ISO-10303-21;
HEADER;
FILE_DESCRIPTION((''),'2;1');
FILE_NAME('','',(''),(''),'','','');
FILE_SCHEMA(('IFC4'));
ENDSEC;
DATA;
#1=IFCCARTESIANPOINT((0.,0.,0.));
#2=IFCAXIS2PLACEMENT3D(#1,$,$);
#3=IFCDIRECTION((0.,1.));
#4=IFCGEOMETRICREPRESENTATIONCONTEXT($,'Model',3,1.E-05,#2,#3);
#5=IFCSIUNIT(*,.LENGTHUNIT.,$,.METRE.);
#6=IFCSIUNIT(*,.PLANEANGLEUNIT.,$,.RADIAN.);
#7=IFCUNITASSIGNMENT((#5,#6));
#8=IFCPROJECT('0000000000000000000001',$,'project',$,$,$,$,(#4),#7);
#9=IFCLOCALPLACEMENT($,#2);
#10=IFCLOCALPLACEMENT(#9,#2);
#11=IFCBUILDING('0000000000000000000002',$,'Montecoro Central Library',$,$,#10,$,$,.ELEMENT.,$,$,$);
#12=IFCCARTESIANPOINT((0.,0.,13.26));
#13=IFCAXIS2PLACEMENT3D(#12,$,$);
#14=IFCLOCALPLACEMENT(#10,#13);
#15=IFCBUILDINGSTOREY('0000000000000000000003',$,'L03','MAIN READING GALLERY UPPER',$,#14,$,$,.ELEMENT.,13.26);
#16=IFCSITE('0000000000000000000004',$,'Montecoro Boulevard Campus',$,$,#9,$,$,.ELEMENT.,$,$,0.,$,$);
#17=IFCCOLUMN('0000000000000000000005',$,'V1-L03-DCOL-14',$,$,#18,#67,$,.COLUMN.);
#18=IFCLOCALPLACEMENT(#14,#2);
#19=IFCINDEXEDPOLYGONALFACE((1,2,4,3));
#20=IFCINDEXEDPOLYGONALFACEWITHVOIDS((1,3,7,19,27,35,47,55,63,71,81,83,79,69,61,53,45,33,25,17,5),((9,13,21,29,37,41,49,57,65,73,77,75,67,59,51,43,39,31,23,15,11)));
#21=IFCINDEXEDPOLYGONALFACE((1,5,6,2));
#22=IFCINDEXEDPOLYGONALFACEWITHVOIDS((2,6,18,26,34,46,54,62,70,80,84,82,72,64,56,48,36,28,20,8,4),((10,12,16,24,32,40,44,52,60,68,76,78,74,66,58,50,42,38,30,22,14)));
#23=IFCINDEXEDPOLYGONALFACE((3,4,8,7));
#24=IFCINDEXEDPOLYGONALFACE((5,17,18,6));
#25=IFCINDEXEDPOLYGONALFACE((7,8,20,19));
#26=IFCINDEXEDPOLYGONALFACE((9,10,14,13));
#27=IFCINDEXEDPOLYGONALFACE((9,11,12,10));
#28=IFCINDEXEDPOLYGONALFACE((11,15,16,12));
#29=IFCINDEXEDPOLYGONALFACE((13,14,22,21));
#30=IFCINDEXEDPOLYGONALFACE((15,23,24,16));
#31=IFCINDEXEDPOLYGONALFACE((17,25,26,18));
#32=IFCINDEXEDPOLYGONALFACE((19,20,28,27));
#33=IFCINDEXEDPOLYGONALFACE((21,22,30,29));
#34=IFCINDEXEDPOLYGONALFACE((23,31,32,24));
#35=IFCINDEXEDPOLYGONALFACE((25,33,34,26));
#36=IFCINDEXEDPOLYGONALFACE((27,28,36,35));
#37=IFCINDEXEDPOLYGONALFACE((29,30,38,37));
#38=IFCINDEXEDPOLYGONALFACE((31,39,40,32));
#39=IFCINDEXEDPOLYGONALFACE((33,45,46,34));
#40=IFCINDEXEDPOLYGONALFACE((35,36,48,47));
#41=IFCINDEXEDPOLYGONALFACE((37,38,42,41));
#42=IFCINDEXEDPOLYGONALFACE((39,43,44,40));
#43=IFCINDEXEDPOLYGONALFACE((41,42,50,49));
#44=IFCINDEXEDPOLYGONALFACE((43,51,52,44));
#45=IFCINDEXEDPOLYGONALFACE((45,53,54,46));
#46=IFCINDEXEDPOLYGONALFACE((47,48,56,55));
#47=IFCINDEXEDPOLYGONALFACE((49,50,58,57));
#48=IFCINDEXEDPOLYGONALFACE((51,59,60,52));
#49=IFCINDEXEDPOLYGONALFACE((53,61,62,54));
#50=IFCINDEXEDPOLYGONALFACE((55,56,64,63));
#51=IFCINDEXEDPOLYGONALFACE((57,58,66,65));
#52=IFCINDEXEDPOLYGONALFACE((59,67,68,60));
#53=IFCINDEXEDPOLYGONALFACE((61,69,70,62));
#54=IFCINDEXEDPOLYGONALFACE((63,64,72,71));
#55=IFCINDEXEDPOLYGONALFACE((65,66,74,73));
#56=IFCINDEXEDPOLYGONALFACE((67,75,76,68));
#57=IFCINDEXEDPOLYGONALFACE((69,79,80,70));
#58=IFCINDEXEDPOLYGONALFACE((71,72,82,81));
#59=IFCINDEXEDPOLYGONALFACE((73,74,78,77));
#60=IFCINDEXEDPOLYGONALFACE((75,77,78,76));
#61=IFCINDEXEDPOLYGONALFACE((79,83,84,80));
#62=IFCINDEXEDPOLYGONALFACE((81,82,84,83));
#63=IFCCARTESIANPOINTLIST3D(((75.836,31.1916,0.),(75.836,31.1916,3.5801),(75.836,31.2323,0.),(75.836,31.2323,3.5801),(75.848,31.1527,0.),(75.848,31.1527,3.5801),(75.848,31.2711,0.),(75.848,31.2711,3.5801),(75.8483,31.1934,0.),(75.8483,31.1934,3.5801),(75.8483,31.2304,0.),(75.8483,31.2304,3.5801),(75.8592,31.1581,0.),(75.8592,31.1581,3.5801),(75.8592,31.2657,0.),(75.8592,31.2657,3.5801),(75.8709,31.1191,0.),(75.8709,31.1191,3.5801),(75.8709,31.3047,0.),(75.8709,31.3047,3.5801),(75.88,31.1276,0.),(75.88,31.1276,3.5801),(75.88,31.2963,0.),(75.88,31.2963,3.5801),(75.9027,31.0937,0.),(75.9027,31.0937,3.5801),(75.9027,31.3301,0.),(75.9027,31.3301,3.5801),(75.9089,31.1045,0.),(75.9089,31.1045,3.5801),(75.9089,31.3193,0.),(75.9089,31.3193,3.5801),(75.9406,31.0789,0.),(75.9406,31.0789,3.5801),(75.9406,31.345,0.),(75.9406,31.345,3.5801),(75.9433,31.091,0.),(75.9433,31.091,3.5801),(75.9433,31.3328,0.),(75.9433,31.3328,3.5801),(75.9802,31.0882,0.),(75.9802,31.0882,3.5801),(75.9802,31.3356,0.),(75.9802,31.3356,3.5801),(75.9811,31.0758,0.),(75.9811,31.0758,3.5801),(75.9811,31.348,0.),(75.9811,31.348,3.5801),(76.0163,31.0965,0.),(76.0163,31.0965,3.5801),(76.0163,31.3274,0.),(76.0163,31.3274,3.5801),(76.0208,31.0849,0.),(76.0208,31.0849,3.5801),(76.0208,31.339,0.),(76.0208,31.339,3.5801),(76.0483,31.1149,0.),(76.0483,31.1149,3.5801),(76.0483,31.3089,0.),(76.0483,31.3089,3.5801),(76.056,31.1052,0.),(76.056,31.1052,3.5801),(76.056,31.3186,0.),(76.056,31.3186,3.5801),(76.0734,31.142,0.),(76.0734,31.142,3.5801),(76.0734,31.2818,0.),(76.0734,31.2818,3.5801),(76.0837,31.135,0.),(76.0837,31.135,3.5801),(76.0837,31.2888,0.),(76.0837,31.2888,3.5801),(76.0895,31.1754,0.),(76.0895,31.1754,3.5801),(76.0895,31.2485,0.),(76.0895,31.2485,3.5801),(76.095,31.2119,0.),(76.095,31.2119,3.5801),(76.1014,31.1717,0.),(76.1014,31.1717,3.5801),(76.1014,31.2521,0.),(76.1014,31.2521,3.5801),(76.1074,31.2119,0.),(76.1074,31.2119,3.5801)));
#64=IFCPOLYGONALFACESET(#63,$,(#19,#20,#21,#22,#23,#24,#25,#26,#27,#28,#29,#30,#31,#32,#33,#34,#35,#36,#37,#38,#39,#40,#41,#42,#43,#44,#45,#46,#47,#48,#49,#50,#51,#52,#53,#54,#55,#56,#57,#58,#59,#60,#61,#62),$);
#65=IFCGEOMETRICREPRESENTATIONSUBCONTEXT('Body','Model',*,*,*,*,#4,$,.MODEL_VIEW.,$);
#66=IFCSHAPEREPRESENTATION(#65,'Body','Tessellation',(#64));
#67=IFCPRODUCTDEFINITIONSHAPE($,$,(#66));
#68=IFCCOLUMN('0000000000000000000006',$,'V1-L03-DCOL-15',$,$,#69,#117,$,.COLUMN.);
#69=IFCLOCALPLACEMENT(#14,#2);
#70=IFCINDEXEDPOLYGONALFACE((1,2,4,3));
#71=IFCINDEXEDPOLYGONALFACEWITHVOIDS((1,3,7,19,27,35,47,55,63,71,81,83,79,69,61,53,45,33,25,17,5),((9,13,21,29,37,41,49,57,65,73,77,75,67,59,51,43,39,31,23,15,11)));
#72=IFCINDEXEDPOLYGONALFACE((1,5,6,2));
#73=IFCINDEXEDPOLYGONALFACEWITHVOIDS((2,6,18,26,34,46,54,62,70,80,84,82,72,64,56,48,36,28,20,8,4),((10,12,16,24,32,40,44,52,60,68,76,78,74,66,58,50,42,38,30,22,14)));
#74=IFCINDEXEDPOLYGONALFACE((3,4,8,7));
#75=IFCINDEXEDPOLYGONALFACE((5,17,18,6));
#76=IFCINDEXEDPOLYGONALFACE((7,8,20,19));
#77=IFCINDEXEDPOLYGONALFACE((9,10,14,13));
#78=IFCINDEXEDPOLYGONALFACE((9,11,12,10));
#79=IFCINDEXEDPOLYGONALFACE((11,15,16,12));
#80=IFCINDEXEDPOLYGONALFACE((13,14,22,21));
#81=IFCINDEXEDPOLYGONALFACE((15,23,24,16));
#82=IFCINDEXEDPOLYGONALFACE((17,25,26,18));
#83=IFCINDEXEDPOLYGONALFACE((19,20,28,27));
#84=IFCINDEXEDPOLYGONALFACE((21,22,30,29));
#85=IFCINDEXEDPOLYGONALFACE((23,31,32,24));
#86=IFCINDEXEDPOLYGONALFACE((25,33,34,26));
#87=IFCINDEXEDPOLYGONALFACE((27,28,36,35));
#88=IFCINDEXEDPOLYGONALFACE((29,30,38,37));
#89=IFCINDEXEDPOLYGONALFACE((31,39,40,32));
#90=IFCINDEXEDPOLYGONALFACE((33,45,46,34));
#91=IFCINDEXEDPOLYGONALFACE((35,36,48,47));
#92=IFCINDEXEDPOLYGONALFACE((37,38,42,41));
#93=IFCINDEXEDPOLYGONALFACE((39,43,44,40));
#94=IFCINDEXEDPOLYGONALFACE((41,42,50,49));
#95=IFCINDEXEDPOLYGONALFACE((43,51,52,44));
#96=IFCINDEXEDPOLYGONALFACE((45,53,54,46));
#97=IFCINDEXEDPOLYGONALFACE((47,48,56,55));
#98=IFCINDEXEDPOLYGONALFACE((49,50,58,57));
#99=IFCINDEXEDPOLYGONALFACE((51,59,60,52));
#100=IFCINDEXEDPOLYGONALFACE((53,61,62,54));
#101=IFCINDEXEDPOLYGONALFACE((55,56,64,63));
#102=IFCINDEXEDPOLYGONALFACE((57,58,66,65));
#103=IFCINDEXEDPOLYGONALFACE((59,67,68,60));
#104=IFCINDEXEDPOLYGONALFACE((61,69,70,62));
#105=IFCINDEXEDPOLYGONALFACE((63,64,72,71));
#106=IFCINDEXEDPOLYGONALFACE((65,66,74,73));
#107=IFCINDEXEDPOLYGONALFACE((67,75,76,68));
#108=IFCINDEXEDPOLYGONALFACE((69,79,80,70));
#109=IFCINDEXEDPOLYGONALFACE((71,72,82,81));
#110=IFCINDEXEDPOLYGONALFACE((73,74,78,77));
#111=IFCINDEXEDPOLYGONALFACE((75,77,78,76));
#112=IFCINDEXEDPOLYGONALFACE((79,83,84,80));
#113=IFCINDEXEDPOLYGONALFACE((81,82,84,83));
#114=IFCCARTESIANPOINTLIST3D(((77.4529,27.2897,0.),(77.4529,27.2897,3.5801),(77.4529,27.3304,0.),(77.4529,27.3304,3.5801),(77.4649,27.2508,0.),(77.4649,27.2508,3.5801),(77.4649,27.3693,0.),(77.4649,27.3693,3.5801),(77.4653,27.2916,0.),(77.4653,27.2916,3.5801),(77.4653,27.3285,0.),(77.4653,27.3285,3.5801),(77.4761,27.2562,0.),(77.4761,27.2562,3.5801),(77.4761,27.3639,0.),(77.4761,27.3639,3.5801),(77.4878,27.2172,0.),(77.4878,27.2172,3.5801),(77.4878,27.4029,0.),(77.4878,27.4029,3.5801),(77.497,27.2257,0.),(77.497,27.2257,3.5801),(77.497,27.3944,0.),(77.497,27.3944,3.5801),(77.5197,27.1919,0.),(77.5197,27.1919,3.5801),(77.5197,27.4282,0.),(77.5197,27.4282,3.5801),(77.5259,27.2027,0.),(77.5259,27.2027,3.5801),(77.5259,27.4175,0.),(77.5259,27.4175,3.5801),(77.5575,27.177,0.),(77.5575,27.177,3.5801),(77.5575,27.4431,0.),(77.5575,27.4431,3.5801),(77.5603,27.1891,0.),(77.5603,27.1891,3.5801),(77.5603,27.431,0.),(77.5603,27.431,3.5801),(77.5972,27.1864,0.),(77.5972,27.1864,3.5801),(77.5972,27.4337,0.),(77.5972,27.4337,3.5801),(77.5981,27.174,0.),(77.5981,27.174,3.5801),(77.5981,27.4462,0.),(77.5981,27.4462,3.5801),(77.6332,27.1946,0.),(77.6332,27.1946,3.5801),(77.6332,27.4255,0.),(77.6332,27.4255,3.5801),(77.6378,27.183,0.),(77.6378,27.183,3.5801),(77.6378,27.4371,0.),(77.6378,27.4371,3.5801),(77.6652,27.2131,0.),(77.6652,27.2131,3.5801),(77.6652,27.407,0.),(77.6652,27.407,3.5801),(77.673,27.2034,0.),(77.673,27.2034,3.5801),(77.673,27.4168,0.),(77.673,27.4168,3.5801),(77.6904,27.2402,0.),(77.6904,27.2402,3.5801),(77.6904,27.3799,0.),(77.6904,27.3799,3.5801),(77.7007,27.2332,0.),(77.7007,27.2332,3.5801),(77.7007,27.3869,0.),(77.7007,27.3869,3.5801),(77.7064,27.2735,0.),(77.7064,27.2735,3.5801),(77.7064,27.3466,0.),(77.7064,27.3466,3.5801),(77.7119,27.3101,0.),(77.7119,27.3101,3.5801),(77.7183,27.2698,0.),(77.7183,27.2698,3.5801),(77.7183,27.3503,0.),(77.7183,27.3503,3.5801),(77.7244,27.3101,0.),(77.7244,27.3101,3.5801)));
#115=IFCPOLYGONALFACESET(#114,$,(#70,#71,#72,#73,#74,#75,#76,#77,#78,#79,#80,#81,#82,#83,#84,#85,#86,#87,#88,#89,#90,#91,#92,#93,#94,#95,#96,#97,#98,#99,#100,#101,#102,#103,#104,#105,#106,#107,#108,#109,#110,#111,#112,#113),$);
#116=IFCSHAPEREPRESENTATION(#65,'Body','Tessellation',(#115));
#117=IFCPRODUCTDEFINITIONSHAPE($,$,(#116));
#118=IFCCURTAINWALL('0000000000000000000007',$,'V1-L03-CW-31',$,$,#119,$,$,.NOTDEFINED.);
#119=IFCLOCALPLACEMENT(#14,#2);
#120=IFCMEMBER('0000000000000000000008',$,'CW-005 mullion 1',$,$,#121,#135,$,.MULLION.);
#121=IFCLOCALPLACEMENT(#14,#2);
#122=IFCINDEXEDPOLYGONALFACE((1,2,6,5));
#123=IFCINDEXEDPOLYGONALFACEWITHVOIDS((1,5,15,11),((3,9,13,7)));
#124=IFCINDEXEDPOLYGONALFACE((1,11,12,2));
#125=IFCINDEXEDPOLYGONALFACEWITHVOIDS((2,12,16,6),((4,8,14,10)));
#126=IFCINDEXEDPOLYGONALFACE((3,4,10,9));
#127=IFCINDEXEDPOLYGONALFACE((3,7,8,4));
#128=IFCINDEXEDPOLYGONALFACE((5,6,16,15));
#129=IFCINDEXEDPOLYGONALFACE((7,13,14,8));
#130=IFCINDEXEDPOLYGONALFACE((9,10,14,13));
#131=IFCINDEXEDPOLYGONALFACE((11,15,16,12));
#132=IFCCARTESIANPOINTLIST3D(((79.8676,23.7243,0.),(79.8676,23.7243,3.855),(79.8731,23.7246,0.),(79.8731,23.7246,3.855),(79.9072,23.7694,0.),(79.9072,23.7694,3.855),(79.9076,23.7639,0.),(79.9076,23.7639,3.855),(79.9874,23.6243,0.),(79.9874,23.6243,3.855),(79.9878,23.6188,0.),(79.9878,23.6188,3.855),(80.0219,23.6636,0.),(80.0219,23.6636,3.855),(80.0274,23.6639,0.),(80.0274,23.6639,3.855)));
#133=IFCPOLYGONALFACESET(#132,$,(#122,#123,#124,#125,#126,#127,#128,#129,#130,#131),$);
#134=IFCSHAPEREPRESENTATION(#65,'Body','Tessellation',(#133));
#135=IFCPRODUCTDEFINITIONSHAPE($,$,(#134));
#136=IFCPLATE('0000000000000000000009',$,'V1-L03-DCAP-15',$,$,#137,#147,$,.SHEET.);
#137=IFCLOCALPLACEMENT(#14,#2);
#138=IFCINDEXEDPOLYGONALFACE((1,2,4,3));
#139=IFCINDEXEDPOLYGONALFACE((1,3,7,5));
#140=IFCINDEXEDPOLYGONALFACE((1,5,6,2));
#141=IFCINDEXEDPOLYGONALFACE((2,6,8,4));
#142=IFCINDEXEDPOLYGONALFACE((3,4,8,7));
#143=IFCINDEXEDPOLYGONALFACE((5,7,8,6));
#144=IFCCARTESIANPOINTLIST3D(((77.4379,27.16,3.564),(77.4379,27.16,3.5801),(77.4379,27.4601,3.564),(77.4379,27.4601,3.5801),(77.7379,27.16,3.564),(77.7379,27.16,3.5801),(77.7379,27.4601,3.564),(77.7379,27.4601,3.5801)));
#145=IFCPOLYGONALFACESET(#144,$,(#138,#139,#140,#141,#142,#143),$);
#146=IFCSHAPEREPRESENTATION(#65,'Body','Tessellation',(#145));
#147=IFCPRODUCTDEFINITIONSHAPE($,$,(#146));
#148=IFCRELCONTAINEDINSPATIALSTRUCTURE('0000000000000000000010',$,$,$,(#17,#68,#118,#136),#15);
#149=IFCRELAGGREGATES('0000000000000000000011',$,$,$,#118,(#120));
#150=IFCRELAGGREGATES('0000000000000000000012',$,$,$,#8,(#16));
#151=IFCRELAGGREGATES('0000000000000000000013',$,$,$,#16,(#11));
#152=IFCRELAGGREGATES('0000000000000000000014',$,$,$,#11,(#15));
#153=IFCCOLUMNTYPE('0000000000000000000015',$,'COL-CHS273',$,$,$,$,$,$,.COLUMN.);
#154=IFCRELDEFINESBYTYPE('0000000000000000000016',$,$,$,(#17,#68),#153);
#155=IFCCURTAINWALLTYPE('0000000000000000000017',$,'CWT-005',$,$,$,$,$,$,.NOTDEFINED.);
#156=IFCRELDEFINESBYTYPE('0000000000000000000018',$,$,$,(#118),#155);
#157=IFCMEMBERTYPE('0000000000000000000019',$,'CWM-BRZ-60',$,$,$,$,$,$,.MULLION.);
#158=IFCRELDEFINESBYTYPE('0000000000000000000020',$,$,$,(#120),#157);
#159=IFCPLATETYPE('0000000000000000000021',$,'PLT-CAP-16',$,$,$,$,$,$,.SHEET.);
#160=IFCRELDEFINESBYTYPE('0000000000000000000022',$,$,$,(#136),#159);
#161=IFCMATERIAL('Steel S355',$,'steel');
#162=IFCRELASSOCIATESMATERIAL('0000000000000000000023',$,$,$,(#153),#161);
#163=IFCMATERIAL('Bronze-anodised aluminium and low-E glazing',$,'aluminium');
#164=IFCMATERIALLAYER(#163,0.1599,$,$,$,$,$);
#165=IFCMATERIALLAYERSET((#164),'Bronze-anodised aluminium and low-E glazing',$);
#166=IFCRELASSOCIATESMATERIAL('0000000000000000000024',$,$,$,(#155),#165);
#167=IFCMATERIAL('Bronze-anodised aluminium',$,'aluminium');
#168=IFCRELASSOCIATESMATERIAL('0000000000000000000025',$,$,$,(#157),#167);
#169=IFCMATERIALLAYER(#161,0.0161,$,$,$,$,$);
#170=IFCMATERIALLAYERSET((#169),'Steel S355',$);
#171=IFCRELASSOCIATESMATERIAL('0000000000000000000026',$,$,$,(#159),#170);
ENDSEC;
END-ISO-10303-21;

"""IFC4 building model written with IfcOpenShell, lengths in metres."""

from ifc_helpers import new_model, si_unit, direction, frame, origin, origin_2d, place, context, subcontext, project, spatial, rectangle, hollow_rectangle, hollow_circle, extrude, material, layer, layer_set, material_profile, profile_set, type_object, element, aggregate, save


model = new_model("IFC4")

# Units and contexts
model_context = context("Model", 3, precision=1e-05, world=origin(), true_north=direction((0.0, 1.0)))
body_context = subcontext(model_context, "Body", "Model", "MODEL_VIEW")
ifc_project = project(units=[si_unit("LENGTHUNIT", "METRE"), si_unit("PLANEANGLEUNIT", "RADIAN")], contexts=[model_context])

# Site, building, storey
site_placement = place(None, origin())
site = spatial("IfcSite", under=ifc_project, at=site_placement, Name="Montecoro Boulevard Campus", CompositionType="ELEMENT", RefElevation=0.0)
building_placement = place(site_placement, origin())
building = spatial("IfcBuilding", under=site, at=building_placement, Name="Montecoro Central Library", CompositionType="ELEMENT")
storey_placement = place(building_placement, frame((0.0, 0.0, 13.26)))
storey = spatial("IfcBuildingStorey", under=building, at=storey_placement, Name="L03", Description="MAIN READING GALLERY UPPER", CompositionType="ELEMENT", Elevation=13.26)

# Columns
ifc_material_1 = material(Name="Steel S355", Category="steel")
ifc_material_profile_1 = material_profile(ifc_material_1, hollow_circle(Radius=0.1365, WallThickness=0.0125, at=origin_2d()), Name="CHS 273.0x12.5")
ifc_profile_set_1 = profile_set([ifc_material_profile_1], Name="Steel S355")
column_type = type_object("IfcColumnType", Name="COL-CHS273", PredefinedType="COLUMN", material=ifc_profile_set_1)
for number, where, z_axis, x_axis, name in (
    (1, (75.9709, 31.2119, 0.0), (0.0, 0.0, 1.0), (1.0, 0.0, 0.0), "V1-L03-DCOL-14"),
    (2, (77.5879, 27.3101, 0.0), (0.0, 0.0, 1.0), (1.0, 0.0, 0.0), "V1-L03-DCOL-15"),
):
    element("IfcColumn", number, at=place(storey_placement, frame(where, z_axis=z_axis, x_axis=x_axis)), inside=storey, type_object=column_type, Name=name, PredefinedType="COLUMN", context=body_context, shape_type="SweptSolid", body=[
        extrude(hollow_circle(Radius=0.1365, WallThickness=0.0125, at=origin_2d()), origin(), (0.0, 0.0, 1.0), 3.5801),
    ])

# Curtain wall, member
ifc_material_2 = material(Name="Bronze-anodised aluminium and low-E glazing", Category="aluminium")
ifc_layer_1 = layer(ifc_material_2, 0.1599)
ifc_layer_set_1 = layer_set([ifc_layer_1], Name="Bronze-anodised aluminium and low-E glazing")
curtain_wall_type = type_object("IfcCurtainWallType", Name="CWT-005", PredefinedType="NOTDEFINED", material=ifc_layer_set_1)
curtain_wall_placement = place(storey_placement, origin())
curtain_wall = element("IfcCurtainWall", 3, at=curtain_wall_placement, inside=storey, type_object=curtain_wall_type, Name="V1-L03-CW-31", PredefinedType="NOTDEFINED")
ifc_material_3 = material(Name="Bronze-anodised aluminium", Category="aluminium")
ifc_material_profile_2 = material_profile(ifc_material_3, hollow_rectangle(XDim=0.0601, YDim=0.1599, WallThickness=0.0039, at=origin_2d()), Name="CWM 160x60x4.0")
ifc_profile_set_2 = profile_set([ifc_material_profile_2], Name="Bronze-anodised aluminium")
member_type = type_object("IfcMemberType", Name="CWM-BRZ-60", PredefinedType="MULLION", material=ifc_profile_set_2)
member_placement = place(storey_placement, frame((79.9475, 23.6941, 0.0), z_axis=(0.0, 0.0, 1.0), x_axis=(0.659692, 0.751536, 0.0)))
member = element("IfcMember", 4, at=member_placement, type_object=member_type, Name="CW-005 mullion 1", PredefinedType="MULLION", context=body_context, shape_type="SweptSolid", body=[
    extrude(hollow_rectangle(XDim=0.0601, YDim=0.1599, WallThickness=0.0039, at=origin_2d()), origin(), (0.0, 0.0, 1.0), 3.855),
])
aggregate(curtain_wall, [member])

# Plate
ifc_layer_2 = layer(ifc_material_1, 0.0161)
ifc_layer_set_2 = layer_set([ifc_layer_2], Name="Steel S355")
plate_type = type_object("IfcPlateType", Name="PLT-CAP-16", PredefinedType="SHEET", material=ifc_layer_set_2)
plate_placement = place(storey_placement, frame((77.5879, 27.3101, 3.564), z_axis=(0.0, 0.0, 1.0), x_axis=(1.0, 0.0, 0.0)))
element("IfcPlate", 5, at=plate_placement, inside=storey, type_object=plate_type, Name="V1-L03-DCAP-15", PredefinedType="SHEET", context=body_context, shape_type="SweptSolid", body=[
    extrude(rectangle(XDim=0.3, YDim=0.3, at=origin_2d()), origin(), (0.0, 0.0, 1.0), 0.0161),
])

save(model, "model.ifc")
